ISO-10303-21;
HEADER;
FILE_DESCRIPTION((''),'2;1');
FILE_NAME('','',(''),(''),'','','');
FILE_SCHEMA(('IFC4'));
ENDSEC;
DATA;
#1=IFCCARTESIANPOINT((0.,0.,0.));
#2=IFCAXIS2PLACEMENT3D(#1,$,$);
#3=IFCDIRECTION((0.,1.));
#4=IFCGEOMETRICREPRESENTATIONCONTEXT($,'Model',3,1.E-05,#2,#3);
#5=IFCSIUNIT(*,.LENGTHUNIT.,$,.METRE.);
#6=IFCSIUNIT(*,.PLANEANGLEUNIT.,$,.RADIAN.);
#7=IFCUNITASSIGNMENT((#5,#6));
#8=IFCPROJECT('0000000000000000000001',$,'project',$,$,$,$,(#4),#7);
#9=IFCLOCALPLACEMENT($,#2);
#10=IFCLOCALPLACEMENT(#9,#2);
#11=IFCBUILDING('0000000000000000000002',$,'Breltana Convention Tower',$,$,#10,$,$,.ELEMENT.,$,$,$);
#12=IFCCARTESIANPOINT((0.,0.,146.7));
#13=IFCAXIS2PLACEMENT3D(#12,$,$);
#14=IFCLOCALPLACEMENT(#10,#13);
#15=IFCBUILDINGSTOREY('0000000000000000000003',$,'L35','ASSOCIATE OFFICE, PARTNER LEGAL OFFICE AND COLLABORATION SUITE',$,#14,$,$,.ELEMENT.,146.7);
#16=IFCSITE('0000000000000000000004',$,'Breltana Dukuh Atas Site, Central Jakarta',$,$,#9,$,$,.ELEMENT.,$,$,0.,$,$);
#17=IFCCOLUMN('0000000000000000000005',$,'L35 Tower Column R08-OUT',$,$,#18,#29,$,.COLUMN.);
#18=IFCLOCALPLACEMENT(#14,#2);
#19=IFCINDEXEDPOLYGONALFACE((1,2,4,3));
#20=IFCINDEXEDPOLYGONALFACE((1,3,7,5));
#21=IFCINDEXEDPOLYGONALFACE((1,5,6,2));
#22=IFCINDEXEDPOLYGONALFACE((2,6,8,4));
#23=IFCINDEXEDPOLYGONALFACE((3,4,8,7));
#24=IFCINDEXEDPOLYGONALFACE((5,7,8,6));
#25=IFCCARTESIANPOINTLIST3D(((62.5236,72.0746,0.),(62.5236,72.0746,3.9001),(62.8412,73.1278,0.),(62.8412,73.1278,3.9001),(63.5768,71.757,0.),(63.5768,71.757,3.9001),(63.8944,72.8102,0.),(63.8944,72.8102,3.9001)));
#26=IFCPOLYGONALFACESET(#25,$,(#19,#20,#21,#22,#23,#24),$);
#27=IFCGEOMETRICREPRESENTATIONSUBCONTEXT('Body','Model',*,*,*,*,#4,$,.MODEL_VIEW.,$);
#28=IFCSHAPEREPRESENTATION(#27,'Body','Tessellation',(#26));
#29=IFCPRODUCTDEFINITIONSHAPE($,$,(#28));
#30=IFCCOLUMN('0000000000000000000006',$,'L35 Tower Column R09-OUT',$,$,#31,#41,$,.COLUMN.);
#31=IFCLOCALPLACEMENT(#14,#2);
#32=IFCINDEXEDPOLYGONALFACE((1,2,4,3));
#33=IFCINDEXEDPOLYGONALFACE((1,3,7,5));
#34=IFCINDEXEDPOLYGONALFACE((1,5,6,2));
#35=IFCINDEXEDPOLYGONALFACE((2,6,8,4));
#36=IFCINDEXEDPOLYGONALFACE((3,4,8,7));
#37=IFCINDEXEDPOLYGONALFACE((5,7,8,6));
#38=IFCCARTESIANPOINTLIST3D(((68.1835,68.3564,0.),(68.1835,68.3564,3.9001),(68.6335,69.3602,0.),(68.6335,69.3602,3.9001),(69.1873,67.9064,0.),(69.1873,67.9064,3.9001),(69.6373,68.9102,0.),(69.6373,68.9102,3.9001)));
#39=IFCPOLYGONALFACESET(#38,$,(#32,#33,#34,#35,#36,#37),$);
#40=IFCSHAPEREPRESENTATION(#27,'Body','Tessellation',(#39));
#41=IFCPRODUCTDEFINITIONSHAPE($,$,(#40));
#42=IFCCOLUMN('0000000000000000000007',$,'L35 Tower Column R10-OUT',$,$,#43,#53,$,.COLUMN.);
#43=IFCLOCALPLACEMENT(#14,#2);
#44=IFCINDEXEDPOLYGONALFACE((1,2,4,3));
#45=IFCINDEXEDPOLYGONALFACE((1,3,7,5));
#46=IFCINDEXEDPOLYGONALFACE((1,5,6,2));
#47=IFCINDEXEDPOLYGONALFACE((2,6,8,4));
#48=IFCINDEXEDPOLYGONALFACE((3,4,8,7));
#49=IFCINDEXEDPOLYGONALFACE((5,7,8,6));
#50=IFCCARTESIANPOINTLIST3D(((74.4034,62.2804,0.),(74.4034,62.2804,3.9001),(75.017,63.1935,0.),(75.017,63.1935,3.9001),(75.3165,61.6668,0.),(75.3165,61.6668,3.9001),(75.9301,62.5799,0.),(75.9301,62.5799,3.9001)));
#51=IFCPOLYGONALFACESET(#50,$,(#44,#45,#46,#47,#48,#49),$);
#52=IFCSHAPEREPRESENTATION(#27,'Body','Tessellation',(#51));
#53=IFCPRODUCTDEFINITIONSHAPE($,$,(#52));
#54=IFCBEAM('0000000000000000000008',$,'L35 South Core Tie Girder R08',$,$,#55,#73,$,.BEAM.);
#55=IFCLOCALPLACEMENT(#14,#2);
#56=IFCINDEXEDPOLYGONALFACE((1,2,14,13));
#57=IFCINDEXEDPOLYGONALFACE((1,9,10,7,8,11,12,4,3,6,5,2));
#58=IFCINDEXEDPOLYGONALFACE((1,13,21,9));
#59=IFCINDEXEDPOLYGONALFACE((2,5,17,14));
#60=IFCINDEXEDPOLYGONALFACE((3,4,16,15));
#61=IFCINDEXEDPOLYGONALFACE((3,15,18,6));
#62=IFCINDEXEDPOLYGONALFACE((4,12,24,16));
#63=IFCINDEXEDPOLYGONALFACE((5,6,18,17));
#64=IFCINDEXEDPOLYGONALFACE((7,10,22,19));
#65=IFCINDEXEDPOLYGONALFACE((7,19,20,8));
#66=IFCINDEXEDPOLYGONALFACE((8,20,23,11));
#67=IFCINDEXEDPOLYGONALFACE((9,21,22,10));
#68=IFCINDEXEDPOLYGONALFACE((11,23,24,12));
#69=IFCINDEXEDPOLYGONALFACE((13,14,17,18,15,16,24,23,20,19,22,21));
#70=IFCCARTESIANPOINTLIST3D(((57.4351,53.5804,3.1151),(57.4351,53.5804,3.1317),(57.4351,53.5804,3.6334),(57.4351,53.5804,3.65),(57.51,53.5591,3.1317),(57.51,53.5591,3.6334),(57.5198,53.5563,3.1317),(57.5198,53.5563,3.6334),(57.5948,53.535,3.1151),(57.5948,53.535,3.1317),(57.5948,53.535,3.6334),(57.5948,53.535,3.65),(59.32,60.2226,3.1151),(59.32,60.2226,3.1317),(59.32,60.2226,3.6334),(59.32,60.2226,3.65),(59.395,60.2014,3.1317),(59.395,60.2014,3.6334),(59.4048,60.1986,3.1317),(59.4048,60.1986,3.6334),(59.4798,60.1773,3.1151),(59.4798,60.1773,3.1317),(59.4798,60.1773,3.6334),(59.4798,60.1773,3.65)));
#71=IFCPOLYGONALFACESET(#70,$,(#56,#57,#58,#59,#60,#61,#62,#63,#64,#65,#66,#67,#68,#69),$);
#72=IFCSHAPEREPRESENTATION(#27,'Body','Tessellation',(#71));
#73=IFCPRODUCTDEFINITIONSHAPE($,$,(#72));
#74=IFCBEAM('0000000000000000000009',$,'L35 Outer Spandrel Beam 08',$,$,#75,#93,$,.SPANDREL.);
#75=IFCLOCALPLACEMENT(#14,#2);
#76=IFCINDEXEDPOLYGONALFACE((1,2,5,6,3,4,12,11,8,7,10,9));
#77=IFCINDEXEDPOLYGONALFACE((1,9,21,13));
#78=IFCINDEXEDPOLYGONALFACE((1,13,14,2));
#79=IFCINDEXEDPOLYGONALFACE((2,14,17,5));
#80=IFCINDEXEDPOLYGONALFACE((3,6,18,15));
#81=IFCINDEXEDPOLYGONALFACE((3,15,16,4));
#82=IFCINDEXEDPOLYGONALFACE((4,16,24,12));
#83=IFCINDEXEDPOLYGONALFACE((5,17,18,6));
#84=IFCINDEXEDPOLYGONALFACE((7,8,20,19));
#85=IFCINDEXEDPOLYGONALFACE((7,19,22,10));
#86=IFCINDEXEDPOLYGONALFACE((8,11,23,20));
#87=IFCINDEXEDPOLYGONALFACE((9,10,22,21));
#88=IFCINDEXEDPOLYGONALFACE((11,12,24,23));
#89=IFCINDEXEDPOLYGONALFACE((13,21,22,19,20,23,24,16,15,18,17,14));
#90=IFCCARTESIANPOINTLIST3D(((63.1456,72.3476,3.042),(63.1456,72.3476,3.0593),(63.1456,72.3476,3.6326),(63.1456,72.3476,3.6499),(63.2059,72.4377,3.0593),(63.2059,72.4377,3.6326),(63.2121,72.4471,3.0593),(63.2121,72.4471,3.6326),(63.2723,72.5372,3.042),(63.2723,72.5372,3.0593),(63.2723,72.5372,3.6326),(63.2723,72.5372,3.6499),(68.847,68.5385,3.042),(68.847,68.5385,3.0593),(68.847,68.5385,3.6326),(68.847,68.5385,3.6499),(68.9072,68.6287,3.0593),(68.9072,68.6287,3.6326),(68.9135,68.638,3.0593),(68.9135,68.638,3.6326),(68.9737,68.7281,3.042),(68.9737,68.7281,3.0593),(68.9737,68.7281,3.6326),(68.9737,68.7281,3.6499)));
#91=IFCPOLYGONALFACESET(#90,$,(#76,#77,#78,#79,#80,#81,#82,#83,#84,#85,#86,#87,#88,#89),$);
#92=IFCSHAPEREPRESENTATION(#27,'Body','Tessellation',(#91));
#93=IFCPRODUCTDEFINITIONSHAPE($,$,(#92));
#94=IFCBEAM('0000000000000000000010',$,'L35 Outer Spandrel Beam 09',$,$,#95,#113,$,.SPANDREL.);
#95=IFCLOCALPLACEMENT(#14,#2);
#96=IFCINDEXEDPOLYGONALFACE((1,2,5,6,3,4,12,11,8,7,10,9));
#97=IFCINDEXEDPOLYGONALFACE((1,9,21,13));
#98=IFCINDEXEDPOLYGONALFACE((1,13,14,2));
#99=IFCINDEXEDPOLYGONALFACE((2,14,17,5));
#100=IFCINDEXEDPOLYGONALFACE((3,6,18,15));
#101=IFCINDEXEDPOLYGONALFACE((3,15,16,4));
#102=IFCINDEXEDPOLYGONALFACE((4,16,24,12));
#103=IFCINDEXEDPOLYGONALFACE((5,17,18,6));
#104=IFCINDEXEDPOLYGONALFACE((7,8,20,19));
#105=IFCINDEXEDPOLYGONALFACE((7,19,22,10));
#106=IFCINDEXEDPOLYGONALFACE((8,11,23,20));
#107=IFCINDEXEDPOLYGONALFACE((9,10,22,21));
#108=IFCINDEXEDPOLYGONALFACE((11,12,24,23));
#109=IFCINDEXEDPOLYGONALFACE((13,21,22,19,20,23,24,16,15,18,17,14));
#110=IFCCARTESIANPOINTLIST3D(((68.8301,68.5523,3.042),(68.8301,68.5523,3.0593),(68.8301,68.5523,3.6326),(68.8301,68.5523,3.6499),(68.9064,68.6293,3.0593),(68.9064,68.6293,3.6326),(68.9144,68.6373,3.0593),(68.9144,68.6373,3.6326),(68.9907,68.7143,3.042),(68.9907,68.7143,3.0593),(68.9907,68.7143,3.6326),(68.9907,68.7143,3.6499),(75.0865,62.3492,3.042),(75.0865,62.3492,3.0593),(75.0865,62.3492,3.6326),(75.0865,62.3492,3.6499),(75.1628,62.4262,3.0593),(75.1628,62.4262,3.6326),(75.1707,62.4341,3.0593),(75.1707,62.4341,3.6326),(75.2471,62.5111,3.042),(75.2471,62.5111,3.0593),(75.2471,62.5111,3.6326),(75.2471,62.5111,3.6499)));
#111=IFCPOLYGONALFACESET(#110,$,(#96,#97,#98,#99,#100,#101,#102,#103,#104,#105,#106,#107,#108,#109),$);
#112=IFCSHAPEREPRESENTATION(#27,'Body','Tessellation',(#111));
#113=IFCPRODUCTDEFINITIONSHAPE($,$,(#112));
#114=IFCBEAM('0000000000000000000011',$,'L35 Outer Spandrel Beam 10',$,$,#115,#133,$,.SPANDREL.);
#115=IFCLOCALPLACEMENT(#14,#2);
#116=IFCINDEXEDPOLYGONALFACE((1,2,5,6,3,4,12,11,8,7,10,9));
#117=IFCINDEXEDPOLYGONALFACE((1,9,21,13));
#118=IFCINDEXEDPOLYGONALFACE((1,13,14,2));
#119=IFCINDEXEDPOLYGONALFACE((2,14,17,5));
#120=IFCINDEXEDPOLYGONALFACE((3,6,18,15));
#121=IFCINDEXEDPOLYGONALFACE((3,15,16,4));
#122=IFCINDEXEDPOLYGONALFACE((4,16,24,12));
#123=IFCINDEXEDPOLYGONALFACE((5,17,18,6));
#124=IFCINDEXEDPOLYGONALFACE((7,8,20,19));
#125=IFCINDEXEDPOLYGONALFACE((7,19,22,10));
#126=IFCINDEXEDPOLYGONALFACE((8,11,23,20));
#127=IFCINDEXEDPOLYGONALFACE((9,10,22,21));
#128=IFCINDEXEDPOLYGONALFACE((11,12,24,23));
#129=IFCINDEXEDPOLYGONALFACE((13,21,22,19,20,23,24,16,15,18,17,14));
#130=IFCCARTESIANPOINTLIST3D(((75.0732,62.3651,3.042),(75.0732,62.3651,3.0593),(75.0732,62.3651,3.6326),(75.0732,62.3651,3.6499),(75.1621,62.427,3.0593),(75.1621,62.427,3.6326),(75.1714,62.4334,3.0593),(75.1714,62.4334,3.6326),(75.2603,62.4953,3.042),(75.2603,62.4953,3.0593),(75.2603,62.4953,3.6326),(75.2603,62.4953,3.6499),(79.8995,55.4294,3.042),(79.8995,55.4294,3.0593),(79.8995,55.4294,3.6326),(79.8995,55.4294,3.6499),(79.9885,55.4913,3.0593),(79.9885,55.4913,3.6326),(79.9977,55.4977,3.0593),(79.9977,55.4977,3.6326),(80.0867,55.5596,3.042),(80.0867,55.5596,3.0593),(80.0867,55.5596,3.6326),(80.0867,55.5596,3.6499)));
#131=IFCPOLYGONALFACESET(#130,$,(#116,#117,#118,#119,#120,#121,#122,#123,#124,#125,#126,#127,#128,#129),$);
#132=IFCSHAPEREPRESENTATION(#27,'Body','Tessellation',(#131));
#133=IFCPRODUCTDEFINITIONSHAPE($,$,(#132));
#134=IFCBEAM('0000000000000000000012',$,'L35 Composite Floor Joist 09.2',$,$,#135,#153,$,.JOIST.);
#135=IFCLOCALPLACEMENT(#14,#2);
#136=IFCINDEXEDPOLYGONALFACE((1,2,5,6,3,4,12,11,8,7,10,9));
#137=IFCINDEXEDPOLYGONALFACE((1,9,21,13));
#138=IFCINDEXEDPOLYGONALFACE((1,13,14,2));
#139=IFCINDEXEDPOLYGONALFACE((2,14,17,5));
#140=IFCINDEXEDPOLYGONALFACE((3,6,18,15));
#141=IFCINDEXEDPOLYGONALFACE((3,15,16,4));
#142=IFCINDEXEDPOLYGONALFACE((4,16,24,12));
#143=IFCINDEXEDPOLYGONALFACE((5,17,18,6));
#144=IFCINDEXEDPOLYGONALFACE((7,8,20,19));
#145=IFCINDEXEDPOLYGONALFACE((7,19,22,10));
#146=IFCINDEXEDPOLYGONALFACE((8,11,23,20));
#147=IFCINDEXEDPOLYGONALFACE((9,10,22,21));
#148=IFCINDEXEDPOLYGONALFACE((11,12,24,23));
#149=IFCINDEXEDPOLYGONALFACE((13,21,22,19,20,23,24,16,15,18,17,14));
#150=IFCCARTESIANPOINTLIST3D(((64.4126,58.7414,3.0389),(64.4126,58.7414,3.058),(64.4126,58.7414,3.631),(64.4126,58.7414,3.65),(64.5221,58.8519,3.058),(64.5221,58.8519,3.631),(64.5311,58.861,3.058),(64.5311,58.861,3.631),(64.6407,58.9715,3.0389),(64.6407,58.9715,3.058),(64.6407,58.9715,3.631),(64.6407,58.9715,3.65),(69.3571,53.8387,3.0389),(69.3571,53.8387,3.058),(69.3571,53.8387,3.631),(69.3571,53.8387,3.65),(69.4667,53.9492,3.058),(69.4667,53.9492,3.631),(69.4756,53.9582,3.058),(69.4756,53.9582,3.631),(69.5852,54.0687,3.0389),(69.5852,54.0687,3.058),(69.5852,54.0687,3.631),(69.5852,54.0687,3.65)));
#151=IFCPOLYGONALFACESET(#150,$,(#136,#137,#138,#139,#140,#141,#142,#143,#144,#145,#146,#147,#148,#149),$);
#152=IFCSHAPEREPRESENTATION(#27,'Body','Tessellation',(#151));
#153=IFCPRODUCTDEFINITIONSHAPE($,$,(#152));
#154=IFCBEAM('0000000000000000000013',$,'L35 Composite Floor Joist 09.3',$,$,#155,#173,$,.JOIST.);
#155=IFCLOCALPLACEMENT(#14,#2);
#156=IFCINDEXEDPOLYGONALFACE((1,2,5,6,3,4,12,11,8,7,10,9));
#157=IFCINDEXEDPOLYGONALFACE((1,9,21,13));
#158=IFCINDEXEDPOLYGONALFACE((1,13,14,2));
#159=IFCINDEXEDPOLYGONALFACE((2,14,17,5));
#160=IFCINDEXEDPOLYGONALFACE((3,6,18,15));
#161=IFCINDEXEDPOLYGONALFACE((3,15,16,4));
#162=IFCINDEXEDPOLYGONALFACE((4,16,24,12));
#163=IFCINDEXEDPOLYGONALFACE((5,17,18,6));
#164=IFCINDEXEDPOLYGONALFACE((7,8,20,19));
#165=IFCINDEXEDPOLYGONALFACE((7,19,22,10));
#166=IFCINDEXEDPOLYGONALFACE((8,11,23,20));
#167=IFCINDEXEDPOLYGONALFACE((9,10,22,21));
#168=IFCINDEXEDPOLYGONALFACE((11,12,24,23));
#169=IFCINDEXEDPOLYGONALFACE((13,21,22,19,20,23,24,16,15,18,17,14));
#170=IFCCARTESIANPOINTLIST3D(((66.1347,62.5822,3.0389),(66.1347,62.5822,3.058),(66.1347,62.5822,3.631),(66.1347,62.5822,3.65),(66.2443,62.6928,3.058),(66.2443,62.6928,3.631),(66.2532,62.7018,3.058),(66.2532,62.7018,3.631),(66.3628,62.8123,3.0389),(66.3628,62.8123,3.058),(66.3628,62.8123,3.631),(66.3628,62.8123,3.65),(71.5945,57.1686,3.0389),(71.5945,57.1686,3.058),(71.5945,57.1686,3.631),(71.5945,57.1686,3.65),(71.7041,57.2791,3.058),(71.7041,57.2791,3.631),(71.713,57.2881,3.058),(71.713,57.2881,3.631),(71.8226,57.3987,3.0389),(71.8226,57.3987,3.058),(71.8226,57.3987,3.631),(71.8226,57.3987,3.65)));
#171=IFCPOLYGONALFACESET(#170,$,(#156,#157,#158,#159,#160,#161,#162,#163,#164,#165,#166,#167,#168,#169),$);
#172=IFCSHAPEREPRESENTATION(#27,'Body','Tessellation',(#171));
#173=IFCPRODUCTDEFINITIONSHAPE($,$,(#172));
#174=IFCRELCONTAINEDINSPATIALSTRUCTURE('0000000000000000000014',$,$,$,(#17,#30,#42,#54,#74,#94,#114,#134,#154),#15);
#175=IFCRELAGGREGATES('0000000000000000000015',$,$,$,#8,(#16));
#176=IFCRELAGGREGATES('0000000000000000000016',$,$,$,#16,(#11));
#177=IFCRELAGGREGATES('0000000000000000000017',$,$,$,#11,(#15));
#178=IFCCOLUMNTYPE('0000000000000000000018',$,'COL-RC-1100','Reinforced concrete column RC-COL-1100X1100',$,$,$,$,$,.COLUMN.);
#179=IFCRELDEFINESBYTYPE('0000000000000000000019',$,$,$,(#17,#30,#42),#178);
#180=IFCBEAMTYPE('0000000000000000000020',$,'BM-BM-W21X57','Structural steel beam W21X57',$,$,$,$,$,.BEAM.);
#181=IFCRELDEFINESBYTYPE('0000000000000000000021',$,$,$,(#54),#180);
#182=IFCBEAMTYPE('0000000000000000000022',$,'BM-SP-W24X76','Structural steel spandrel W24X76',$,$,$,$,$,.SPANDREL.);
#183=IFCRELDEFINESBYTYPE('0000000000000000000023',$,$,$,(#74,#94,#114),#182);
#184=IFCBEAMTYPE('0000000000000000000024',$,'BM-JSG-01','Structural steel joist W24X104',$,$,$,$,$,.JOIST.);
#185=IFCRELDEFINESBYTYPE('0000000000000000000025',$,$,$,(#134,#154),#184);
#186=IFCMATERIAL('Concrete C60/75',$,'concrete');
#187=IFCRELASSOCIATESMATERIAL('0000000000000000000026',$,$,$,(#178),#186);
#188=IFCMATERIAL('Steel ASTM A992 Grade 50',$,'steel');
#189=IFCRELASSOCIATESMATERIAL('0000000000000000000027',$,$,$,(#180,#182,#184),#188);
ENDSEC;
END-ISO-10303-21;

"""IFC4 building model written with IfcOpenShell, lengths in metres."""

from ifc_helpers import new_model, si_unit, direction, frame, origin, origin_2d, place, context, subcontext, project, spatial, rectangle, i_section, extrude, source, transform, mapped, material, material_profile, profile_set, type_object, type_shapes, element, save


model = new_model("IFC4")

# Units and contexts
model_context = context("Model", 3, precision=1e-05, world=origin(), true_north=direction((0.0, 1.0)))
body_context = subcontext(model_context, "Body", "Model", "MODEL_VIEW")
ifc_project = project(units=[si_unit("LENGTHUNIT", "METRE"), si_unit("PLANEANGLEUNIT", "RADIAN")], contexts=[model_context])

# Site, building, storey
site_placement = place(None, origin())
site = spatial("IfcSite", under=ifc_project, at=site_placement, Name="Breltana Dukuh Atas Site, Central Jakarta", CompositionType="ELEMENT", RefElevation=0.0)
building_placement = place(site_placement, origin())
building = spatial("IfcBuilding", under=site, at=building_placement, Name="Breltana Convention Tower", CompositionType="ELEMENT")
storey_placement = place(building_placement, frame((0.0, 0.0, 146.7)))
storey = spatial("IfcBuildingStorey", under=building, at=storey_placement, Name="L35", Description="ASSOCIATE OFFICE, PARTNER LEGAL OFFICE AND COLLABORATION SUITE", CompositionType="ELEMENT", Elevation=146.7)

# Columns
ifc_material_1 = material(Name="Concrete C60/75", Category="concrete")
ifc_material_profile_1 = material_profile(ifc_material_1, rectangle(XDim=1.1001, YDim=1.1001, at=origin_2d()), Name="RC-COL-1100X1100")
ifc_profile_set_1 = profile_set([ifc_material_profile_1], Name="Concrete C60/75")
column_type = type_object("IfcColumnType", Name="COL-RC-1100", Description="Reinforced concrete column RC-COL-1100X1100", PredefinedType="COLUMN", material=ifc_profile_set_1)
shared_shape_1 = source(origin(), body_context, "Body", "SweptSolid", [
    extrude(rectangle(XDim=1.1001, YDim=1.1001, at=origin_2d()), origin(), (0.0, 0.0, 1.0), 3.9001),
])
for number, where, z_axis, x_axis, name in (
    (1, (63.209, 72.4424, 0.0), (0.0, 0.0, 1.0), (0.288698, 0.95742, 0.0), "L35 Tower Column R08-OUT"),
    (2, (68.9104, 68.6333, 0.0), (0.0, 0.0, 1.0), (0.409127, 0.912477, 0.0), "L35 Tower Column R09-OUT"),
    (3, (75.1667, 62.4302, 0.0), (0.0, 0.0, 1.0), (0.557745, 0.830012, 0.0), "L35 Tower Column R10-OUT"),
):
    element("IfcColumn", number, at=place(storey_placement, frame(where, z_axis=z_axis, x_axis=x_axis)), inside=storey, type_object=column_type, Name=name, PredefinedType="COLUMN", context=body_context, shape_type="MappedRepresentation", body=[
        mapped(shared_shape_1, transform((0.0, 0.0, 0.0), scale=1.0)),
    ])

# Beams
ifc_material_2 = material(Name="Steel ASTM A992 Grade 50", Category="steel")
ifc_material_profile_2 = material_profile(ifc_material_2, i_section(OverallWidth=0.166, OverallDepth=0.5349, WebThickness=0.0103, FlangeThickness=0.0166, at=origin_2d()), Name="W21X57")
ifc_profile_set_2 = profile_set([ifc_material_profile_2], Name="Steel ASTM A992 Grade 50")
beam_type_1 = type_object("IfcBeamType", Name="BM-BM-W21X57", Description="Structural steel beam W21X57", PredefinedType="BEAM", material=ifc_profile_set_2)
shared_shape_2 = source(origin(), body_context, "Body", "SweptSolid", [
    extrude(i_section(OverallWidth=0.166, OverallDepth=0.5349, WebThickness=0.0103, FlangeThickness=0.0166, at=origin_2d()), origin(), (0.0, 0.0, 1.0), 6.9045),
])
type_shapes(beam_type_1, [shared_shape_2])
beam_1_placement = place(storey_placement, frame((59.3999, 60.2, 3.3826), z_axis=(-0.273007, -0.962012, 0.0), x_axis=(0.962012, -0.273007, 0.0)))
element("IfcBeam", 4, at=beam_1_placement, inside=storey, type_object=beam_type_1, Name="L35 South Core Tie Girder R08", PredefinedType="BEAM", context=body_context, shape_type="MappedRepresentation", body=[
    mapped(shared_shape_2, transform((0.0, 0.0, 0.0), scale=1.0)),
])
ifc_material_profile_3 = material_profile(ifc_material_2, i_section(OverallWidth=0.228, OverallDepth=0.6079, WebThickness=0.0112, FlangeThickness=0.0173, at=origin_2d()), Name="W24X76")
ifc_profile_set_3 = profile_set([ifc_material_profile_3], Name="Steel ASTM A992 Grade 50")
beam_type_2 = type_object("IfcBeamType", Name="BM-SP-W24X76", Description="Structural steel spandrel W24X76", PredefinedType="SPANDREL", material=ifc_profile_set_3)
shared_shape_3 = source(origin(), body_context, "Body", "SweptSolid", [
    extrude(i_section(OverallWidth=0.228, OverallDepth=0.6079, WebThickness=0.0112, FlangeThickness=0.0173, at=origin_2d()), origin(), (0.0, 0.0, 1.0), 6.8567),
])
beam_2_placement = place(storey_placement, frame((63.209, 72.4424, 3.3459), z_axis=(0.831502, -0.555522, 0.0), x_axis=(0.555522, 0.831502, 0.0)))
element("IfcBeam", 5, at=beam_2_placement, inside=storey, type_object=beam_type_2, Name="L35 Outer Spandrel Beam 08", PredefinedType="SPANDREL", context=body_context, shape_type="MappedRepresentation", body=[
    mapped(shared_shape_3, transform((0.0, 0.0, 0.0), scale=1.0)),
])
shared_shape_4 = source(origin(), body_context, "Body", "SweptSolid", [
    extrude(i_section(OverallWidth=0.228, OverallDepth=0.6079, WebThickness=0.0112, FlangeThickness=0.0173, at=origin_2d()), origin(), (0.0, 0.0, 1.0), 8.8103),
])
beam_3_placement = place(storey_placement, frame((68.9104, 68.6333, 3.3459), z_axis=(0.710121, -0.70408, 0.0), x_axis=(0.70408, 0.710121, 0.0)))
element("IfcBeam", 6, at=beam_3_placement, inside=storey, type_object=beam_type_2, Name="L35 Outer Spandrel Beam 09", PredefinedType="SPANDREL", context=body_context, shape_type="MappedRepresentation", body=[
    mapped(shared_shape_4, transform((0.0, 0.0, 0.0), scale=1.0)),
])
shared_shape_5 = source(origin(), body_context, "Body", "SweptSolid", [
    extrude(i_section(OverallWidth=0.228, OverallDepth=0.6079, WebThickness=0.0112, FlangeThickness=0.0173, at=origin_2d()), origin(), (0.0, 0.0, 1.0), 8.4497),
])
beam_4_placement = place(storey_placement, frame((75.1667, 62.4302, 3.3459), z_axis=(0.571186, -0.820821, 0.0), x_axis=(0.820821, 0.571186, 0.0)))
element("IfcBeam", 7, at=beam_4_placement, inside=storey, type_object=beam_type_2, Name="L35 Outer Spandrel Beam 10", PredefinedType="SPANDREL", context=body_context, shape_type="MappedRepresentation", body=[
    mapped(shared_shape_5, transform((0.0, 0.0, 0.0), scale=1.0)),
])
ifc_material_profile_4 = material_profile(ifc_material_2, i_section(OverallWidth=0.324, OverallDepth=0.6111, WebThickness=0.0127, FlangeThickness=0.019, at=origin_2d()), Name="W24X104")
ifc_profile_set_4 = profile_set([ifc_material_profile_4], Name="Steel ASTM A992 Grade 50")
beam_type_3 = type_object("IfcBeamType", Name="BM-JSG-01", Description="Structural steel joist W24X104", PredefinedType="JOIST", material=ifc_profile_set_4)
shared_shape_6 = source(origin(), body_context, "Body", "SweptSolid", [
    extrude(i_section(OverallWidth=0.324, OverallDepth=0.6111, WebThickness=0.0127, FlangeThickness=0.019, at=origin_2d()), origin(), (0.0, 0.0, 1.0), 6.9631),
])
beam_5_placement = place(storey_placement, frame((64.5266, 58.8564, 3.3445), z_axis=(0.710098, -0.704103, 0.0), x_axis=(0.704103, 0.710098, 0.0)))
element("IfcBeam", 8, at=beam_5_placement, inside=storey, type_object=beam_type_3, Name="L35 Composite Floor Joist 09.2", PredefinedType="JOIST", context=body_context, shape_type="MappedRepresentation", body=[
    mapped(shared_shape_6, transform((0.0, 0.0, 0.0), scale=1.0)),
])
shared_shape_7 = source(origin(), body_context, "Body", "SweptSolid", [
    extrude(i_section(OverallWidth=0.324, OverallDepth=0.6111, WebThickness=0.0127, FlangeThickness=0.019, at=origin_2d()), origin(), (0.0, 0.0, 1.0), 7.6887),
])
beam_6_placement = place(storey_placement, frame((66.2488, 62.6973, 3.3445), z_axis=(0.710101, -0.7041, 0.0), x_axis=(0.7041, 0.710101, 0.0)))
element("IfcBeam", 9, at=beam_6_placement, inside=storey, type_object=beam_type_3, Name="L35 Composite Floor Joist 09.3", PredefinedType="JOIST", context=body_context, shape_type="MappedRepresentation", body=[
    mapped(shared_shape_7, transform((0.0, 0.0, 0.0), scale=1.0)),
])

save(model, "model.ifc")
